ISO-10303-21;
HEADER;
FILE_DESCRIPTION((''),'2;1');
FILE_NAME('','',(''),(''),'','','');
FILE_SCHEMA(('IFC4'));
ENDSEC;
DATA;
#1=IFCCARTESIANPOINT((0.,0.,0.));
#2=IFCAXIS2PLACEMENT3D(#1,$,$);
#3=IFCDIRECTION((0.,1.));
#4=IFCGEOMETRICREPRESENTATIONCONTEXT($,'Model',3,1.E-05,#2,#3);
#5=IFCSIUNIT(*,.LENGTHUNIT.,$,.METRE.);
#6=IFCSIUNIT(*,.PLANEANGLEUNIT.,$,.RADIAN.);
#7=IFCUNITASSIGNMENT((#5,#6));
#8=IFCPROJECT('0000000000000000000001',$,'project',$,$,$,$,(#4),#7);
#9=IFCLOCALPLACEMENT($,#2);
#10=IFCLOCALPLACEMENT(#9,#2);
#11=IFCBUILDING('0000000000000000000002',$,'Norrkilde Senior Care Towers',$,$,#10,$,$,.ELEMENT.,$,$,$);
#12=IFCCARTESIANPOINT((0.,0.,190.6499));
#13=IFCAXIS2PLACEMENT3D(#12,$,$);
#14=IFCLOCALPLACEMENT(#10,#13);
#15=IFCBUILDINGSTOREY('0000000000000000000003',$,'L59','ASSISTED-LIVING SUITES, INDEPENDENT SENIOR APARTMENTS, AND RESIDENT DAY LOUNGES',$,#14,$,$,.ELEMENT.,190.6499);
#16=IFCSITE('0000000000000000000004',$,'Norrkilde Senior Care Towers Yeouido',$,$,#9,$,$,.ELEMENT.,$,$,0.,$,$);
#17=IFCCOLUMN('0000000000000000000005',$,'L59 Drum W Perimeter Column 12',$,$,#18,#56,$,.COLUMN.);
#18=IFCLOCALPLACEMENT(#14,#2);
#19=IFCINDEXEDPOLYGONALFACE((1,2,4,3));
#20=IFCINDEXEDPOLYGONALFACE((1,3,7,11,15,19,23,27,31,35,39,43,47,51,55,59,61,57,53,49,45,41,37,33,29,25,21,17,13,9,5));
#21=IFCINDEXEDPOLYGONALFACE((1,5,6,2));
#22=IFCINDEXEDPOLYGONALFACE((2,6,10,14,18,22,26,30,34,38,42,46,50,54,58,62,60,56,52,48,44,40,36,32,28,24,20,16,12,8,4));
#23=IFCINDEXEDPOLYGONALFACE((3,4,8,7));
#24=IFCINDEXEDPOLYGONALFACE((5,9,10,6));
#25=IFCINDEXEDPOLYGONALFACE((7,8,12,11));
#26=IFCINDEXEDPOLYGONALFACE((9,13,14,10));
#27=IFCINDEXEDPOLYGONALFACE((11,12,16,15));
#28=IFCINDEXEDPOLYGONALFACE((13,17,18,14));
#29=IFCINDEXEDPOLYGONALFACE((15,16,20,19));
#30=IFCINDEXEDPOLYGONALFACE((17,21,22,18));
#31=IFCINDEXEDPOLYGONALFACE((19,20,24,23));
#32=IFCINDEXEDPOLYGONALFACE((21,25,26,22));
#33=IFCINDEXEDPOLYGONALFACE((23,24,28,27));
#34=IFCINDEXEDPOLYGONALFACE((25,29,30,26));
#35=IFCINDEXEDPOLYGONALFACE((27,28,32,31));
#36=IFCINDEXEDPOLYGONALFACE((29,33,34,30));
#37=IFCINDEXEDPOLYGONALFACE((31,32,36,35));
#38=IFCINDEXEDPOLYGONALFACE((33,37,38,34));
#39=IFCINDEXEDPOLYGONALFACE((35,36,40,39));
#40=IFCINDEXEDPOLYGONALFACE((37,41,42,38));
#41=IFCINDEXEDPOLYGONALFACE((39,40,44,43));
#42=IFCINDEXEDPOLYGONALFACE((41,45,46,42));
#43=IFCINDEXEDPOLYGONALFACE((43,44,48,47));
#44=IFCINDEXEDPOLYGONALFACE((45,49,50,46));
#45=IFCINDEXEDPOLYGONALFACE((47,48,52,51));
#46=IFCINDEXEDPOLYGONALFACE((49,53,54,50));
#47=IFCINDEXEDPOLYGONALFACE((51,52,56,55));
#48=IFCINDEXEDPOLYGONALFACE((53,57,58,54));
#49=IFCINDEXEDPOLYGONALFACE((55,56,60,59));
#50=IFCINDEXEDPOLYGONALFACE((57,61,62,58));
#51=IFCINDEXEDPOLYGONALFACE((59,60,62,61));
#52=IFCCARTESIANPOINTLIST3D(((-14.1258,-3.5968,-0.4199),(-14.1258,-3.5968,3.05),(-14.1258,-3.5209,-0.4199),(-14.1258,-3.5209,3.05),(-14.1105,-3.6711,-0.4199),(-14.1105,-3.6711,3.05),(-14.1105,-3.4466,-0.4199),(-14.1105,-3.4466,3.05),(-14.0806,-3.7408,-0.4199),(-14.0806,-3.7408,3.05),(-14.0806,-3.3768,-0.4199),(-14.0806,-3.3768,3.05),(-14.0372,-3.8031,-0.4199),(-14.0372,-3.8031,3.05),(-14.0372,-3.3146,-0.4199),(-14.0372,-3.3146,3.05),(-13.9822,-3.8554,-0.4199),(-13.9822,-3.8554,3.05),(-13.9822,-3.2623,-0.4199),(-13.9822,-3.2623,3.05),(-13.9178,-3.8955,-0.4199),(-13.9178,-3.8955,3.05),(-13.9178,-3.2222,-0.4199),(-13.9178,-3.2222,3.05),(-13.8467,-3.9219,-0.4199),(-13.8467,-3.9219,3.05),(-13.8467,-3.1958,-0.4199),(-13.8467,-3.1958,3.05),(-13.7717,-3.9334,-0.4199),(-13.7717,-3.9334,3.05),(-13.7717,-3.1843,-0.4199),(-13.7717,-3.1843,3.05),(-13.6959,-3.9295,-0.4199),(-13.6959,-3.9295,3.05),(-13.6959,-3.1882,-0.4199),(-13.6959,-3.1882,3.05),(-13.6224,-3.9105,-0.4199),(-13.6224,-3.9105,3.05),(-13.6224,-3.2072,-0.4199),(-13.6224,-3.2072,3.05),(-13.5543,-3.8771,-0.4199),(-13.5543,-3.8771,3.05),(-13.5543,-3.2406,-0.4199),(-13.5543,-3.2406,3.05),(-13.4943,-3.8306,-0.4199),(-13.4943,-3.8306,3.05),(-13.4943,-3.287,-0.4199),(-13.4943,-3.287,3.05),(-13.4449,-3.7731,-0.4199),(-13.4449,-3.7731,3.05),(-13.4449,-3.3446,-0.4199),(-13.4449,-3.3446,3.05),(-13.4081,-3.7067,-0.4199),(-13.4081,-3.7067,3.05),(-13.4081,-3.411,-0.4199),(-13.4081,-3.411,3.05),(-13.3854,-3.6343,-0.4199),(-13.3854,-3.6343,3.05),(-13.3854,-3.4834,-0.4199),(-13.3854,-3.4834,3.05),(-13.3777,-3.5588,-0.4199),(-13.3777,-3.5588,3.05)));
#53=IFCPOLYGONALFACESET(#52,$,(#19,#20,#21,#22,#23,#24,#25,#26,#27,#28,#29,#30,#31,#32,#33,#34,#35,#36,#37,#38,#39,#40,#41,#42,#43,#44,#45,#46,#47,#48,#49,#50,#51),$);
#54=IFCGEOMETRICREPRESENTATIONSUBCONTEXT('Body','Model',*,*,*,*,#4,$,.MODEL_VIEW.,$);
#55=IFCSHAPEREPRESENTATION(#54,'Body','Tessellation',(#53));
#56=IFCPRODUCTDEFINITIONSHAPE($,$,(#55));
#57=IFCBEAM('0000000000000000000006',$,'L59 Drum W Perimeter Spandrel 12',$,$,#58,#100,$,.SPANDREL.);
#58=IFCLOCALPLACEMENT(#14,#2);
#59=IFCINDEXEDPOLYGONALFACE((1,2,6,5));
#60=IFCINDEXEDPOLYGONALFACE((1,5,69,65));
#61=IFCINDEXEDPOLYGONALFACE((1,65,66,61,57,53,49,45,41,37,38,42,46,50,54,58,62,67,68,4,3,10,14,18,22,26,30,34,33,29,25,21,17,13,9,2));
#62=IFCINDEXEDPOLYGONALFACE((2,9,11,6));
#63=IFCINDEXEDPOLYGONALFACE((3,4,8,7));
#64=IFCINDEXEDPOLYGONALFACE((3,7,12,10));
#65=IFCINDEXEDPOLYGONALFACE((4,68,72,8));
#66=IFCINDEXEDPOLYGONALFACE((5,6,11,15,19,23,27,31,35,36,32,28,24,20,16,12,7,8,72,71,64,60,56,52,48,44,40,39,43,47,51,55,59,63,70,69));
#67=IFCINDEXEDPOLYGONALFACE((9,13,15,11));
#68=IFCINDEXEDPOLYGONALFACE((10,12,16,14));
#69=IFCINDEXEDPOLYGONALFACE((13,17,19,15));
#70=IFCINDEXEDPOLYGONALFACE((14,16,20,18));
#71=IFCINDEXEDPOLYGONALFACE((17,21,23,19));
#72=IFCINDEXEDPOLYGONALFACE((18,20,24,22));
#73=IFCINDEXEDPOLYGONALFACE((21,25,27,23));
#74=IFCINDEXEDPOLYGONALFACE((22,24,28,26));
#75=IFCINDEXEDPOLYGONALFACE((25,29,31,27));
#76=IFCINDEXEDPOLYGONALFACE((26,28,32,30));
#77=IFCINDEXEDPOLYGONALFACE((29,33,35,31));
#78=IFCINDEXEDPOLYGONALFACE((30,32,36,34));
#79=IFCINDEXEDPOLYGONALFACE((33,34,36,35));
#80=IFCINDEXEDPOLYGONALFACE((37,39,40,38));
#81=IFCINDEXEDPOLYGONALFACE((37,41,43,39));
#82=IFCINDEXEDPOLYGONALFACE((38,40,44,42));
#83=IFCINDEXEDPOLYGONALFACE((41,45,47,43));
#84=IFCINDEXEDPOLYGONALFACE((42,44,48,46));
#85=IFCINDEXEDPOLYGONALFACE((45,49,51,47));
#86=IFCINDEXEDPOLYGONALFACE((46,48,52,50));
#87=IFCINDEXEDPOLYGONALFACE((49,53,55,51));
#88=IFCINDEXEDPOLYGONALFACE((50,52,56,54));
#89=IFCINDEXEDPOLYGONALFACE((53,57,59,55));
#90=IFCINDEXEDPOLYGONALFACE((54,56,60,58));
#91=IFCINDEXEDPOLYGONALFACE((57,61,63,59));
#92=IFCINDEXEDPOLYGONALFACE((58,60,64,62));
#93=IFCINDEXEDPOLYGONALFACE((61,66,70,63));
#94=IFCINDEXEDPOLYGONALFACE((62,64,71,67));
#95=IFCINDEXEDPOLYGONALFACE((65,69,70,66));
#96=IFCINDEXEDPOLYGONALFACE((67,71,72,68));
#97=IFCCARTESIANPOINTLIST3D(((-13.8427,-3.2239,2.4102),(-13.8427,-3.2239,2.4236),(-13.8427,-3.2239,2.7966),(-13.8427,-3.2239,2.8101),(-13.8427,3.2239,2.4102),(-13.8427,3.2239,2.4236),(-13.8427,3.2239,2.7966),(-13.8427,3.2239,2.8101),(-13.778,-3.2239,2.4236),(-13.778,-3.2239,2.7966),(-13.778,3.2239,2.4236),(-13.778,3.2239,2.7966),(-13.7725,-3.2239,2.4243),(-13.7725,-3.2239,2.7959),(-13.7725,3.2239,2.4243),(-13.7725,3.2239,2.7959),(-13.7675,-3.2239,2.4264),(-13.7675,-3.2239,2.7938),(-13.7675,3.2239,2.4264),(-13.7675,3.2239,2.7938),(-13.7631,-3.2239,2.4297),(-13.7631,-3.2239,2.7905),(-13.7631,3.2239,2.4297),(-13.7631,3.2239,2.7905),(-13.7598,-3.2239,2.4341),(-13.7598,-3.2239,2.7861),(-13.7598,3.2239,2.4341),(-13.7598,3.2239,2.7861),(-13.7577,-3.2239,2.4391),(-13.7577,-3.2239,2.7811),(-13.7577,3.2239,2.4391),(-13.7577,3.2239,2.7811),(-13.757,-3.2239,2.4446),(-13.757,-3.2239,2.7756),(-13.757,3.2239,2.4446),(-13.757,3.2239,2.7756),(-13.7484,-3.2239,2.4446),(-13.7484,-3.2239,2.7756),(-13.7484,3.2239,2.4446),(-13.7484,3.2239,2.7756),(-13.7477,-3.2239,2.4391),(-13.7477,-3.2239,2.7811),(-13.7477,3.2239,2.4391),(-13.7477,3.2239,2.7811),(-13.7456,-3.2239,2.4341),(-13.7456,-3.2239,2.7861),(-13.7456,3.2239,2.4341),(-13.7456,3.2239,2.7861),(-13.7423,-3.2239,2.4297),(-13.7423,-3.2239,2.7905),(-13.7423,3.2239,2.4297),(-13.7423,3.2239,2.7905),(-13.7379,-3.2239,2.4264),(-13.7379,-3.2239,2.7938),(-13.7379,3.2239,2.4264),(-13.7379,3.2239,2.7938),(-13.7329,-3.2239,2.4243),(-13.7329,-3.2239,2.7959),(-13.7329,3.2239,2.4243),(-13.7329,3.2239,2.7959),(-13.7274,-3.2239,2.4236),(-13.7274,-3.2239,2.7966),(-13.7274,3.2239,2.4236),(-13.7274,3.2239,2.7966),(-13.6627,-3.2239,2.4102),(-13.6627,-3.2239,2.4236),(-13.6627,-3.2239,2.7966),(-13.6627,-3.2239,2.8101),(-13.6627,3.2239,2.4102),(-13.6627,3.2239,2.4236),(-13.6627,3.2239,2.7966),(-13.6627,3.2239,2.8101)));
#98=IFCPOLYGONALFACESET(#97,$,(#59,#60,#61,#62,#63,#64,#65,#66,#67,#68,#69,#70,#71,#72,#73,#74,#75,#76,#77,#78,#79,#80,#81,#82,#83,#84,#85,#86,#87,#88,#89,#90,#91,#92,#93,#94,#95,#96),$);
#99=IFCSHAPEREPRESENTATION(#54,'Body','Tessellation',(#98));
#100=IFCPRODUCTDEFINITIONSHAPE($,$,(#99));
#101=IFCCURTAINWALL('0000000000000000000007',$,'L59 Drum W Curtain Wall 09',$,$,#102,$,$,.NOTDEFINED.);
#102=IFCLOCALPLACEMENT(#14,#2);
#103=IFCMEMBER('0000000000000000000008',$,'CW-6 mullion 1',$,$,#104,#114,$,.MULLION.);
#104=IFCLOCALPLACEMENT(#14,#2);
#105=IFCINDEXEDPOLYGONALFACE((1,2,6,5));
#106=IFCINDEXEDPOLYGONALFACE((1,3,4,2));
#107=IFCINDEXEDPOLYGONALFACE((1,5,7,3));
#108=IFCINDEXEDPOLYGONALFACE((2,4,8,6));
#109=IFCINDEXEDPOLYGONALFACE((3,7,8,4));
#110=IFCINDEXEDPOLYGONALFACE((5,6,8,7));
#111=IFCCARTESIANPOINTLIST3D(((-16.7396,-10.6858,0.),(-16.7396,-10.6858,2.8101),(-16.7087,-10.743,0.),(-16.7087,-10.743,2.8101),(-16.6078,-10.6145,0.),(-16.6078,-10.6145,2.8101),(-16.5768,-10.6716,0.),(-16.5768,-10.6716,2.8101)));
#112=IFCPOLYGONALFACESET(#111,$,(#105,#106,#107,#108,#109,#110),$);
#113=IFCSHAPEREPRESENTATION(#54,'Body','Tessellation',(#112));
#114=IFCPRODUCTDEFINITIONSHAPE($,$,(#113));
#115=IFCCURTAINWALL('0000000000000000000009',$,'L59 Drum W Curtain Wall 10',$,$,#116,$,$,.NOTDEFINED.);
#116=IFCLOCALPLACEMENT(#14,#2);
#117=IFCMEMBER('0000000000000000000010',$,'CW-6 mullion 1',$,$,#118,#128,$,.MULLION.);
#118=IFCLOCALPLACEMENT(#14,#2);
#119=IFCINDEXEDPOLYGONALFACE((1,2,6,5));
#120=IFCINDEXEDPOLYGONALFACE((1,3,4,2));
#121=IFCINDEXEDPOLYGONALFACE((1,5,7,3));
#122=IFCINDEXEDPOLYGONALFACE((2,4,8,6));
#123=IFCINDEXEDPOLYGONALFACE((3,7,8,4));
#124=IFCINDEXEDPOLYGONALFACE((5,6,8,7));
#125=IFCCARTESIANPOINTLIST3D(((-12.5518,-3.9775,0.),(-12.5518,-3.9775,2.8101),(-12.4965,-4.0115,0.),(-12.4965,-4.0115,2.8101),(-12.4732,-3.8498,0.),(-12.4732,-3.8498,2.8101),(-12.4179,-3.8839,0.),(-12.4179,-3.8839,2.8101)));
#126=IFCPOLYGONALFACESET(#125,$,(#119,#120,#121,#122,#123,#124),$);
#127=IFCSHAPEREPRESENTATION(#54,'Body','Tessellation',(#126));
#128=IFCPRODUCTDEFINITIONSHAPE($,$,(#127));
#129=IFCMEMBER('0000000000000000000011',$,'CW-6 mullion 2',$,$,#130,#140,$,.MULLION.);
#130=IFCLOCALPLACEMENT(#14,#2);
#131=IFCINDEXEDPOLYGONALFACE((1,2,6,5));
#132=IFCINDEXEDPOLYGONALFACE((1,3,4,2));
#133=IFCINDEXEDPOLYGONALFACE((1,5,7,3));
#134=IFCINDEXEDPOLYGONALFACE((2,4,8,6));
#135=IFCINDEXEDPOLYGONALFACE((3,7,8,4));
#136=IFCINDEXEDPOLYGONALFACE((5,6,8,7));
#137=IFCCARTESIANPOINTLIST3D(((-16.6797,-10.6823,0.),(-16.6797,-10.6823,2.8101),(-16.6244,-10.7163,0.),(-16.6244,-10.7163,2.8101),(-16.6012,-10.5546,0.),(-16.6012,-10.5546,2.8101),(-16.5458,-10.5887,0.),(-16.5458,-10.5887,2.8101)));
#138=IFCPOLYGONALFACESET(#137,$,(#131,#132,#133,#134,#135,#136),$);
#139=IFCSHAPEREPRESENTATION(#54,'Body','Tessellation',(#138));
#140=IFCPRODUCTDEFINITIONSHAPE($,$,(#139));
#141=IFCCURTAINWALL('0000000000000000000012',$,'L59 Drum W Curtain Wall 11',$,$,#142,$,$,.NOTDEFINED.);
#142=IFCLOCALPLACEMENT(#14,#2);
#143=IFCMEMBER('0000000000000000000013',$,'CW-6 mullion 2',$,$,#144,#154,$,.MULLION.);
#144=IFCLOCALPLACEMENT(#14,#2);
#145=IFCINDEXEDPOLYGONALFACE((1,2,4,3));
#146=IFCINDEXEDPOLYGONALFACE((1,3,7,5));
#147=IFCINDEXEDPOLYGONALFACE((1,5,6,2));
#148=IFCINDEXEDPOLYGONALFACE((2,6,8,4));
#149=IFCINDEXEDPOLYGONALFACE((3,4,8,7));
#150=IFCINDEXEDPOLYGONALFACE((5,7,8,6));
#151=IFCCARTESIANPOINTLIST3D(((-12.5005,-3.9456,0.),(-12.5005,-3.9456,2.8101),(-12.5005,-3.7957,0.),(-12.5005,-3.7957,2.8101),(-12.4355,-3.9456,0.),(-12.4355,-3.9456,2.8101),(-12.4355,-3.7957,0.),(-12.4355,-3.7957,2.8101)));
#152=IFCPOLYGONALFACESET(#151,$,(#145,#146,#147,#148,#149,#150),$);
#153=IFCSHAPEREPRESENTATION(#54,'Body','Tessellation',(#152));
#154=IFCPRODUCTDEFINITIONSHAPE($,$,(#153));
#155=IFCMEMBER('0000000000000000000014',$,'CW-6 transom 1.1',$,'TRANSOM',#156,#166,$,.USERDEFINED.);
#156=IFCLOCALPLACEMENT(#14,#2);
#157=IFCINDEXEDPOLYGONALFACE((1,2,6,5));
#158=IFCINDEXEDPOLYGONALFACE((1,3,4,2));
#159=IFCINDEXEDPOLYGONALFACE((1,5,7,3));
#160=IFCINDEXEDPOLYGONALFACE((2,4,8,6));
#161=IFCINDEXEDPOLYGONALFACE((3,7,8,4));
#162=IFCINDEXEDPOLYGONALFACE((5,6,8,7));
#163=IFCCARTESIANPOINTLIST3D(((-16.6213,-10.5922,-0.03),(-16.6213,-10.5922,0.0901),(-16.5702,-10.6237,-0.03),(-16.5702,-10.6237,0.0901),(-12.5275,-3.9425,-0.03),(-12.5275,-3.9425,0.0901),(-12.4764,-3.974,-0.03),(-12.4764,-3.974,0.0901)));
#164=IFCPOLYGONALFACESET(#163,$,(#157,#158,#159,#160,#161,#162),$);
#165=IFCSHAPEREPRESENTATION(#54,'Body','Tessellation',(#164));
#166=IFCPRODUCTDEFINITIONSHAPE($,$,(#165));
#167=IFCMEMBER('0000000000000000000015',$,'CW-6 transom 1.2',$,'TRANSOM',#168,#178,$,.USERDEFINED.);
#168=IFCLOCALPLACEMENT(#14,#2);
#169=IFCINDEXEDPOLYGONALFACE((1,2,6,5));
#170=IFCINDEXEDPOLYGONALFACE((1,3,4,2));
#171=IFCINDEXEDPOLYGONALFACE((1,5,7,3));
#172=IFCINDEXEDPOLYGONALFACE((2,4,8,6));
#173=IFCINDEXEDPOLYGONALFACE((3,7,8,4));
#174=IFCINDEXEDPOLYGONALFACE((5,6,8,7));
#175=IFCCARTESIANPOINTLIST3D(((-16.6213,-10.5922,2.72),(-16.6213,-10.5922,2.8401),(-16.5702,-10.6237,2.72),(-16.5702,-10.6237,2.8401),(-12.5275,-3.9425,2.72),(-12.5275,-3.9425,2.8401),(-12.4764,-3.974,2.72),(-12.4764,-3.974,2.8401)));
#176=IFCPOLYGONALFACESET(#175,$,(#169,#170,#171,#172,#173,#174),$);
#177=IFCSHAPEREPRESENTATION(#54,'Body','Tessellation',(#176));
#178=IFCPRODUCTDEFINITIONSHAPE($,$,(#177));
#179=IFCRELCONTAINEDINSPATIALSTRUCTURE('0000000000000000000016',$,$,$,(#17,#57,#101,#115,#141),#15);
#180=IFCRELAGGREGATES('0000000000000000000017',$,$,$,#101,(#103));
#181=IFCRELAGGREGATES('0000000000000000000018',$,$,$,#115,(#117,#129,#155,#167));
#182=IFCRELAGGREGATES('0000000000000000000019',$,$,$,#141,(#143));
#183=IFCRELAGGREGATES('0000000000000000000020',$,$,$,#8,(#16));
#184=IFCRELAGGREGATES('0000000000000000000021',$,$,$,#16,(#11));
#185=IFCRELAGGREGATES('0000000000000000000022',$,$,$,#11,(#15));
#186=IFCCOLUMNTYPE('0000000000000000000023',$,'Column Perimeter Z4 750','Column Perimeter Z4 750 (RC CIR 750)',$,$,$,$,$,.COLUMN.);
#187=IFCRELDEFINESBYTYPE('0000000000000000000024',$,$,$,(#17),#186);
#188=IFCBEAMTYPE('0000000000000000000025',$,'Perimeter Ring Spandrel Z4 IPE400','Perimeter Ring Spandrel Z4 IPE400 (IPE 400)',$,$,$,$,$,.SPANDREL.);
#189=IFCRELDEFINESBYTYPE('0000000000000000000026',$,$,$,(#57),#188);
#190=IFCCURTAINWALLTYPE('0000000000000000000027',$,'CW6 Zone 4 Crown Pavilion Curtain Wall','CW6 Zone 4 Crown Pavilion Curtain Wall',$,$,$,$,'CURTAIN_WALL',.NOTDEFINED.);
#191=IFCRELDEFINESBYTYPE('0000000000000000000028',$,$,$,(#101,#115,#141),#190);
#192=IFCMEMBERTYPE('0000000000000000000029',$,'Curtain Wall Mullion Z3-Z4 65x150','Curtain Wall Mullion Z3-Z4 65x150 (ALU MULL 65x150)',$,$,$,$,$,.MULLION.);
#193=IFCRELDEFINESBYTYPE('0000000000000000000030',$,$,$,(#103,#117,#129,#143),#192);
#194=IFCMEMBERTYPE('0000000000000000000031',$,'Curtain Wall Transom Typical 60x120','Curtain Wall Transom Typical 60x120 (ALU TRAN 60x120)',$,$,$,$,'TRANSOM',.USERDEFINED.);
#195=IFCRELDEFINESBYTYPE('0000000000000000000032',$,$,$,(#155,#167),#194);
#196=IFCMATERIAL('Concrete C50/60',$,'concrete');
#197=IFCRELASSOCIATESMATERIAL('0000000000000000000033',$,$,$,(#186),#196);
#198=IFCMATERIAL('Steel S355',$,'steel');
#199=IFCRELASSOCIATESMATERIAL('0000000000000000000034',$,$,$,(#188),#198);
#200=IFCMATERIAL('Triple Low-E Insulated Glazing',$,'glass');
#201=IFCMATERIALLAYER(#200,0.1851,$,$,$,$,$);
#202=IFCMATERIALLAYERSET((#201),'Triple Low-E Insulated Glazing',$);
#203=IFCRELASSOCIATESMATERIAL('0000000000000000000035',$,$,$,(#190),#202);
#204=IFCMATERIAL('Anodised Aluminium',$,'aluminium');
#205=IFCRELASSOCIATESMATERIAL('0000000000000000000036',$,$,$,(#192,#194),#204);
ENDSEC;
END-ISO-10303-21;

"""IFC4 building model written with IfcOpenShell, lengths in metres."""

from ifc_helpers import new_model, si_unit, direction, frame, origin, origin_2d, place, context, subcontext, project, spatial, rectangle, circle, i_section, extrude, source, transform, mapped, material, layer, layer_set, material_profile, profile_set, type_object, type_shapes, element, aggregate, save


model = new_model("IFC4")

# Units and contexts
model_context = context("Model", 3, precision=1e-05, world=origin(), true_north=direction((0.0, 1.0)))
body_context = subcontext(model_context, "Body", "Model", "MODEL_VIEW")
ifc_project = project(units=[si_unit("LENGTHUNIT", "METRE"), si_unit("PLANEANGLEUNIT", "RADIAN")], contexts=[model_context])

# Site, building, storey
site_placement = place(None, origin())
site = spatial("IfcSite", under=ifc_project, at=site_placement, Name="Norrkilde Senior Care Towers Yeouido", CompositionType="ELEMENT", RefElevation=0.0)
building_placement = place(site_placement, origin())
building = spatial("IfcBuilding", under=site, at=building_placement, Name="Norrkilde Senior Care Towers", CompositionType="ELEMENT")
storey_placement = place(building_placement, frame((0.0, 0.0, 190.6499)))
storey = spatial("IfcBuildingStorey", under=building, at=storey_placement, Name="L59", Description="ASSISTED-LIVING SUITES, INDEPENDENT SENIOR APARTMENTS, AND RESIDENT DAY LOUNGES", CompositionType="ELEMENT", Elevation=190.6499)

# Column
ifc_material_1 = material(Name="Concrete C50/60", Category="concrete")
ifc_material_profile_1 = material_profile(ifc_material_1, circle(Radius=0.375, at=origin_2d()), Name="RC CIR 750")
ifc_profile_set_1 = profile_set([ifc_material_profile_1], Name="Concrete C50/60")
column_type = type_object("IfcColumnType", Name="Column Perimeter Z4 750", Description="Column Perimeter Z4 750 (RC CIR 750)", PredefinedType="COLUMN", material=ifc_profile_set_1)
shared_shape_1 = source(origin(), body_context, "Body", "SweptSolid", [
    extrude(circle(Radius=0.375, at=origin_2d()), origin(), (0.0, 0.0, 1.0), 3.47),
])
type_shapes(column_type, [shared_shape_1])
column_placement = place(storey_placement, frame((-13.7527, -3.5588, -0.4199), z_axis=(0.0, 0.0, 1.0), x_axis=(1.0, 0.0, 0.0)))
element("IfcColumn", 1, at=column_placement, inside=storey, type_object=column_type, Name="L59 Drum W Perimeter Column 12", PredefinedType="COLUMN", context=body_context, shape_type="MappedRepresentation", body=[
    mapped(shared_shape_1, transform((0.0, 0.0, 0.0), x_axis=(1.0, 0.0, 0.0), y_axis=(0.0, 1.0, 0.0), z_axis=(0.0, 0.0, 1.0), scale=1.0)),
])

# Beam
ifc_material_2 = material(Name="Steel S355", Category="steel")
ifc_material_profile_2 = material_profile(ifc_material_2, i_section(OverallWidth=0.1799, OverallDepth=0.3999, WebThickness=0.0085, FlangeThickness=0.0134, FilletRadius=0.021, at=origin_2d()), Name="IPE 400")
ifc_profile_set_2 = profile_set([ifc_material_profile_2], Name="Steel S355")
beam_type = type_object("IfcBeamType", Name="Perimeter Ring Spandrel Z4 IPE400", Description="Perimeter Ring Spandrel Z4 IPE400 (IPE 400)", PredefinedType="SPANDREL", material=ifc_profile_set_2)
shared_shape_2 = source(origin(), body_context, "Body", "SweptSolid", [
    extrude(i_section(OverallWidth=0.1799, OverallDepth=0.3999, WebThickness=0.0085, FlangeThickness=0.0134, FilletRadius=0.021, at=origin_2d()), origin(), (0.0, 0.0, 1.0), 6.4478),
])
type_shapes(beam_type, [shared_shape_2])
beam_placement = place(storey_placement, frame((-13.7527, -3.2239, 2.6101), z_axis=(0.0, 1.0, 0.0), x_axis=(-1.0, 0.0, 0.0)))
element("IfcBeam", 2, at=beam_placement, inside=storey, type_object=beam_type, Name="L59 Drum W Perimeter Spandrel 12", PredefinedType="SPANDREL", context=body_context, shape_type="MappedRepresentation", body=[
    mapped(shared_shape_2, transform((0.0, 0.0, 0.0), x_axis=(1.0, 0.0, 0.0), y_axis=(0.0, 1.0, 0.0), z_axis=(0.0, 0.0, 1.0), scale=1.0)),
])

# Curtain wall, member
ifc_material_3 = material(Name="Triple Low-E Insulated Glazing", Category="glass")
ifc_layer_1 = layer(ifc_material_3, 0.1851)
ifc_layer_set_1 = layer_set([ifc_layer_1], Name="Triple Low-E Insulated Glazing")
curtain_wall_type = type_object("IfcCurtainWallType", Name="CW6 Zone 4 Crown Pavilion Curtain Wall", Description="CW6 Zone 4 Crown Pavilion Curtain Wall", ElementType="CURTAIN_WALL", PredefinedType="NOTDEFINED", material=ifc_layer_set_1)
curtain_wall_1_placement = place(storey_placement, origin())
curtain_wall_1 = element("IfcCurtainWall", 3, at=curtain_wall_1_placement, inside=storey, type_object=curtain_wall_type, Name="L59 Drum W Curtain Wall 09", PredefinedType="NOTDEFINED")
ifc_material_4 = material(Name="Anodised Aluminium", Category="aluminium")
ifc_material_profile_3 = material_profile(ifc_material_4, rectangle(XDim=0.0649, YDim=0.1499, at=origin_2d()), Name="ALU MULL 65x150")
ifc_profile_set_3 = profile_set([ifc_material_profile_3], Name="Anodised Aluminium")
member_type_1 = type_object("IfcMemberType", Name="Curtain Wall Mullion Z3-Z4 65x150", Description="Curtain Wall Mullion Z3-Z4 65x150 (ALU MULL 65x150)", PredefinedType="MULLION", material=ifc_profile_set_3)
shared_shape_3 = source(origin(), body_context, "Body", "SweptSolid", [
    extrude(rectangle(XDim=0.0649, YDim=0.1499, at=origin_2d()), origin(), (0.0, 0.0, 1.0), 2.8101),
])
type_shapes(member_type_1, [shared_shape_3])
member_1_placement = place(storey_placement, frame((-16.6582, -10.6787, 0.0), z_axis=(0.0, 0.0, 1.0), x_axis=(0.476133, -0.879373, 0.0)))
member_1 = element("IfcMember", 4, at=member_1_placement, type_object=member_type_1, Name="CW-6 mullion 1", PredefinedType="MULLION", context=body_context, shape_type="MappedRepresentation", body=[
    mapped(shared_shape_3, transform((0.0, 0.0, 0.0), x_axis=(1.0, 0.0, 0.0), y_axis=(0.0, 1.0, 0.0), z_axis=(0.0, 0.0, 1.0), scale=1.0)),
])

# Curtain wall, members
curtain_wall_2_placement = place(storey_placement, origin())
curtain_wall_2 = element("IfcCurtainWall", 5, at=curtain_wall_2_placement, inside=storey, type_object=curtain_wall_type, Name="L59 Drum W Curtain Wall 10", PredefinedType="NOTDEFINED")
member_2_placement = place(storey_placement, frame((-12.4849, -3.9307, 0.0), z_axis=(0.0, 0.0, 1.0), x_axis=(0.851563, -0.524253, 0.0)))
member_2 = element("IfcMember", 6, at=member_2_placement, type_object=member_type_1, Name="CW-6 mullion 1", PredefinedType="MULLION", context=body_context, shape_type="MappedRepresentation", body=[
    mapped(shared_shape_3, transform((0.0, 0.0, 0.0), x_axis=(1.0, 0.0, 0.0), y_axis=(0.0, 1.0, 0.0), z_axis=(0.0, 0.0, 1.0), scale=1.0)),
])
member_3_placement = place(storey_placement, frame((-16.6128, -10.6355, 0.0), z_axis=(0.0, 0.0, 1.0), x_axis=(0.851563, -0.524253, 0.0)))
member_3 = element("IfcMember", 7, at=member_3_placement, type_object=member_type_1, Name="CW-6 mullion 2", PredefinedType="MULLION", context=body_context, shape_type="MappedRepresentation", body=[
    mapped(shared_shape_3, transform((0.0, 0.0, 0.0), x_axis=(1.0, 0.0, 0.0), y_axis=(0.0, 1.0, 0.0), z_axis=(0.0, 0.0, 1.0), scale=1.0)),
])

# Curtain wall, member
curtain_wall_3_placement = place(storey_placement, origin())
curtain_wall_3 = element("IfcCurtainWall", 8, at=curtain_wall_3_placement, inside=storey, type_object=curtain_wall_type, Name="L59 Drum W Curtain Wall 11", PredefinedType="NOTDEFINED")
member_4_placement = place(storey_placement, frame((-12.468, -3.8706, 0.0), z_axis=(0.0, 0.0, 1.0), x_axis=(1.0, 0.0, 0.0)))
member_4 = element("IfcMember", 9, at=member_4_placement, type_object=member_type_1, Name="CW-6 mullion 2", PredefinedType="MULLION", context=body_context, shape_type="MappedRepresentation", body=[
    mapped(shared_shape_3, transform((0.0, 0.0, 0.0), x_axis=(1.0, 0.0, 0.0), y_axis=(0.0, 1.0, 0.0), z_axis=(0.0, 0.0, 1.0), scale=1.0)),
])

# Members
ifc_material_profile_4 = material_profile(ifc_material_4, rectangle(XDim=0.0601, YDim=0.1201, at=origin_2d()), Name="ALU TRAN 60x120")
ifc_profile_set_4 = profile_set([ifc_material_profile_4], Name="Anodised Aluminium")
member_type_2 = type_object("IfcMemberType", Name="Curtain Wall Transom Typical 60x120", Description="Curtain Wall Transom Typical 60x120 (ALU TRAN 60x120)", ElementType="TRANSOM", PredefinedType="USERDEFINED", material=ifc_profile_set_4)
shared_shape_4 = source(origin(), body_context, "Body", "SweptSolid", [
    extrude(rectangle(XDim=0.0601, YDim=0.1201, at=origin_2d()), origin(), (0.0, 0.0, 1.0), 7.8088),
])
member_5_placement = place(storey_placement, frame((-12.502, -3.9583, 0.03), z_axis=(-0.524251, -0.851564, 0.0), x_axis=(0.851564, -0.524251, 0.0)))
member_5 = element("IfcMember", 10, at=member_5_placement, type_object=member_type_2, Name="CW-6 transom 1.1", ObjectType="TRANSOM", PredefinedType="USERDEFINED", context=body_context, shape_type="MappedRepresentation", body=[
    mapped(shared_shape_4, transform((0.0, 0.0, 0.0), x_axis=(1.0, 0.0, 0.0), y_axis=(0.0, 1.0, 0.0), z_axis=(0.0, 0.0, 1.0), scale=1.0)),
])
member_6_placement = place(storey_placement, frame((-12.502, -3.9583, 2.78), z_axis=(-0.524251, -0.851564, 0.0), x_axis=(0.851564, -0.524251, 0.0)))
member_6 = element("IfcMember", 11, at=member_6_placement, type_object=member_type_2, Name="CW-6 transom 1.2", ObjectType="TRANSOM", PredefinedType="USERDEFINED", context=body_context, shape_type="MappedRepresentation", body=[
    mapped(shared_shape_4, transform((0.0, 0.0, 0.0), x_axis=(1.0, 0.0, 0.0), y_axis=(0.0, 1.0, 0.0), z_axis=(0.0, 0.0, 1.0), scale=1.0)),
])
aggregate(curtain_wall_1, [member_1])

aggregate(curtain_wall_2, [member_2, member_3, member_5, member_6])
aggregate(curtain_wall_3, [member_4])

save(model, "model.ifc")
